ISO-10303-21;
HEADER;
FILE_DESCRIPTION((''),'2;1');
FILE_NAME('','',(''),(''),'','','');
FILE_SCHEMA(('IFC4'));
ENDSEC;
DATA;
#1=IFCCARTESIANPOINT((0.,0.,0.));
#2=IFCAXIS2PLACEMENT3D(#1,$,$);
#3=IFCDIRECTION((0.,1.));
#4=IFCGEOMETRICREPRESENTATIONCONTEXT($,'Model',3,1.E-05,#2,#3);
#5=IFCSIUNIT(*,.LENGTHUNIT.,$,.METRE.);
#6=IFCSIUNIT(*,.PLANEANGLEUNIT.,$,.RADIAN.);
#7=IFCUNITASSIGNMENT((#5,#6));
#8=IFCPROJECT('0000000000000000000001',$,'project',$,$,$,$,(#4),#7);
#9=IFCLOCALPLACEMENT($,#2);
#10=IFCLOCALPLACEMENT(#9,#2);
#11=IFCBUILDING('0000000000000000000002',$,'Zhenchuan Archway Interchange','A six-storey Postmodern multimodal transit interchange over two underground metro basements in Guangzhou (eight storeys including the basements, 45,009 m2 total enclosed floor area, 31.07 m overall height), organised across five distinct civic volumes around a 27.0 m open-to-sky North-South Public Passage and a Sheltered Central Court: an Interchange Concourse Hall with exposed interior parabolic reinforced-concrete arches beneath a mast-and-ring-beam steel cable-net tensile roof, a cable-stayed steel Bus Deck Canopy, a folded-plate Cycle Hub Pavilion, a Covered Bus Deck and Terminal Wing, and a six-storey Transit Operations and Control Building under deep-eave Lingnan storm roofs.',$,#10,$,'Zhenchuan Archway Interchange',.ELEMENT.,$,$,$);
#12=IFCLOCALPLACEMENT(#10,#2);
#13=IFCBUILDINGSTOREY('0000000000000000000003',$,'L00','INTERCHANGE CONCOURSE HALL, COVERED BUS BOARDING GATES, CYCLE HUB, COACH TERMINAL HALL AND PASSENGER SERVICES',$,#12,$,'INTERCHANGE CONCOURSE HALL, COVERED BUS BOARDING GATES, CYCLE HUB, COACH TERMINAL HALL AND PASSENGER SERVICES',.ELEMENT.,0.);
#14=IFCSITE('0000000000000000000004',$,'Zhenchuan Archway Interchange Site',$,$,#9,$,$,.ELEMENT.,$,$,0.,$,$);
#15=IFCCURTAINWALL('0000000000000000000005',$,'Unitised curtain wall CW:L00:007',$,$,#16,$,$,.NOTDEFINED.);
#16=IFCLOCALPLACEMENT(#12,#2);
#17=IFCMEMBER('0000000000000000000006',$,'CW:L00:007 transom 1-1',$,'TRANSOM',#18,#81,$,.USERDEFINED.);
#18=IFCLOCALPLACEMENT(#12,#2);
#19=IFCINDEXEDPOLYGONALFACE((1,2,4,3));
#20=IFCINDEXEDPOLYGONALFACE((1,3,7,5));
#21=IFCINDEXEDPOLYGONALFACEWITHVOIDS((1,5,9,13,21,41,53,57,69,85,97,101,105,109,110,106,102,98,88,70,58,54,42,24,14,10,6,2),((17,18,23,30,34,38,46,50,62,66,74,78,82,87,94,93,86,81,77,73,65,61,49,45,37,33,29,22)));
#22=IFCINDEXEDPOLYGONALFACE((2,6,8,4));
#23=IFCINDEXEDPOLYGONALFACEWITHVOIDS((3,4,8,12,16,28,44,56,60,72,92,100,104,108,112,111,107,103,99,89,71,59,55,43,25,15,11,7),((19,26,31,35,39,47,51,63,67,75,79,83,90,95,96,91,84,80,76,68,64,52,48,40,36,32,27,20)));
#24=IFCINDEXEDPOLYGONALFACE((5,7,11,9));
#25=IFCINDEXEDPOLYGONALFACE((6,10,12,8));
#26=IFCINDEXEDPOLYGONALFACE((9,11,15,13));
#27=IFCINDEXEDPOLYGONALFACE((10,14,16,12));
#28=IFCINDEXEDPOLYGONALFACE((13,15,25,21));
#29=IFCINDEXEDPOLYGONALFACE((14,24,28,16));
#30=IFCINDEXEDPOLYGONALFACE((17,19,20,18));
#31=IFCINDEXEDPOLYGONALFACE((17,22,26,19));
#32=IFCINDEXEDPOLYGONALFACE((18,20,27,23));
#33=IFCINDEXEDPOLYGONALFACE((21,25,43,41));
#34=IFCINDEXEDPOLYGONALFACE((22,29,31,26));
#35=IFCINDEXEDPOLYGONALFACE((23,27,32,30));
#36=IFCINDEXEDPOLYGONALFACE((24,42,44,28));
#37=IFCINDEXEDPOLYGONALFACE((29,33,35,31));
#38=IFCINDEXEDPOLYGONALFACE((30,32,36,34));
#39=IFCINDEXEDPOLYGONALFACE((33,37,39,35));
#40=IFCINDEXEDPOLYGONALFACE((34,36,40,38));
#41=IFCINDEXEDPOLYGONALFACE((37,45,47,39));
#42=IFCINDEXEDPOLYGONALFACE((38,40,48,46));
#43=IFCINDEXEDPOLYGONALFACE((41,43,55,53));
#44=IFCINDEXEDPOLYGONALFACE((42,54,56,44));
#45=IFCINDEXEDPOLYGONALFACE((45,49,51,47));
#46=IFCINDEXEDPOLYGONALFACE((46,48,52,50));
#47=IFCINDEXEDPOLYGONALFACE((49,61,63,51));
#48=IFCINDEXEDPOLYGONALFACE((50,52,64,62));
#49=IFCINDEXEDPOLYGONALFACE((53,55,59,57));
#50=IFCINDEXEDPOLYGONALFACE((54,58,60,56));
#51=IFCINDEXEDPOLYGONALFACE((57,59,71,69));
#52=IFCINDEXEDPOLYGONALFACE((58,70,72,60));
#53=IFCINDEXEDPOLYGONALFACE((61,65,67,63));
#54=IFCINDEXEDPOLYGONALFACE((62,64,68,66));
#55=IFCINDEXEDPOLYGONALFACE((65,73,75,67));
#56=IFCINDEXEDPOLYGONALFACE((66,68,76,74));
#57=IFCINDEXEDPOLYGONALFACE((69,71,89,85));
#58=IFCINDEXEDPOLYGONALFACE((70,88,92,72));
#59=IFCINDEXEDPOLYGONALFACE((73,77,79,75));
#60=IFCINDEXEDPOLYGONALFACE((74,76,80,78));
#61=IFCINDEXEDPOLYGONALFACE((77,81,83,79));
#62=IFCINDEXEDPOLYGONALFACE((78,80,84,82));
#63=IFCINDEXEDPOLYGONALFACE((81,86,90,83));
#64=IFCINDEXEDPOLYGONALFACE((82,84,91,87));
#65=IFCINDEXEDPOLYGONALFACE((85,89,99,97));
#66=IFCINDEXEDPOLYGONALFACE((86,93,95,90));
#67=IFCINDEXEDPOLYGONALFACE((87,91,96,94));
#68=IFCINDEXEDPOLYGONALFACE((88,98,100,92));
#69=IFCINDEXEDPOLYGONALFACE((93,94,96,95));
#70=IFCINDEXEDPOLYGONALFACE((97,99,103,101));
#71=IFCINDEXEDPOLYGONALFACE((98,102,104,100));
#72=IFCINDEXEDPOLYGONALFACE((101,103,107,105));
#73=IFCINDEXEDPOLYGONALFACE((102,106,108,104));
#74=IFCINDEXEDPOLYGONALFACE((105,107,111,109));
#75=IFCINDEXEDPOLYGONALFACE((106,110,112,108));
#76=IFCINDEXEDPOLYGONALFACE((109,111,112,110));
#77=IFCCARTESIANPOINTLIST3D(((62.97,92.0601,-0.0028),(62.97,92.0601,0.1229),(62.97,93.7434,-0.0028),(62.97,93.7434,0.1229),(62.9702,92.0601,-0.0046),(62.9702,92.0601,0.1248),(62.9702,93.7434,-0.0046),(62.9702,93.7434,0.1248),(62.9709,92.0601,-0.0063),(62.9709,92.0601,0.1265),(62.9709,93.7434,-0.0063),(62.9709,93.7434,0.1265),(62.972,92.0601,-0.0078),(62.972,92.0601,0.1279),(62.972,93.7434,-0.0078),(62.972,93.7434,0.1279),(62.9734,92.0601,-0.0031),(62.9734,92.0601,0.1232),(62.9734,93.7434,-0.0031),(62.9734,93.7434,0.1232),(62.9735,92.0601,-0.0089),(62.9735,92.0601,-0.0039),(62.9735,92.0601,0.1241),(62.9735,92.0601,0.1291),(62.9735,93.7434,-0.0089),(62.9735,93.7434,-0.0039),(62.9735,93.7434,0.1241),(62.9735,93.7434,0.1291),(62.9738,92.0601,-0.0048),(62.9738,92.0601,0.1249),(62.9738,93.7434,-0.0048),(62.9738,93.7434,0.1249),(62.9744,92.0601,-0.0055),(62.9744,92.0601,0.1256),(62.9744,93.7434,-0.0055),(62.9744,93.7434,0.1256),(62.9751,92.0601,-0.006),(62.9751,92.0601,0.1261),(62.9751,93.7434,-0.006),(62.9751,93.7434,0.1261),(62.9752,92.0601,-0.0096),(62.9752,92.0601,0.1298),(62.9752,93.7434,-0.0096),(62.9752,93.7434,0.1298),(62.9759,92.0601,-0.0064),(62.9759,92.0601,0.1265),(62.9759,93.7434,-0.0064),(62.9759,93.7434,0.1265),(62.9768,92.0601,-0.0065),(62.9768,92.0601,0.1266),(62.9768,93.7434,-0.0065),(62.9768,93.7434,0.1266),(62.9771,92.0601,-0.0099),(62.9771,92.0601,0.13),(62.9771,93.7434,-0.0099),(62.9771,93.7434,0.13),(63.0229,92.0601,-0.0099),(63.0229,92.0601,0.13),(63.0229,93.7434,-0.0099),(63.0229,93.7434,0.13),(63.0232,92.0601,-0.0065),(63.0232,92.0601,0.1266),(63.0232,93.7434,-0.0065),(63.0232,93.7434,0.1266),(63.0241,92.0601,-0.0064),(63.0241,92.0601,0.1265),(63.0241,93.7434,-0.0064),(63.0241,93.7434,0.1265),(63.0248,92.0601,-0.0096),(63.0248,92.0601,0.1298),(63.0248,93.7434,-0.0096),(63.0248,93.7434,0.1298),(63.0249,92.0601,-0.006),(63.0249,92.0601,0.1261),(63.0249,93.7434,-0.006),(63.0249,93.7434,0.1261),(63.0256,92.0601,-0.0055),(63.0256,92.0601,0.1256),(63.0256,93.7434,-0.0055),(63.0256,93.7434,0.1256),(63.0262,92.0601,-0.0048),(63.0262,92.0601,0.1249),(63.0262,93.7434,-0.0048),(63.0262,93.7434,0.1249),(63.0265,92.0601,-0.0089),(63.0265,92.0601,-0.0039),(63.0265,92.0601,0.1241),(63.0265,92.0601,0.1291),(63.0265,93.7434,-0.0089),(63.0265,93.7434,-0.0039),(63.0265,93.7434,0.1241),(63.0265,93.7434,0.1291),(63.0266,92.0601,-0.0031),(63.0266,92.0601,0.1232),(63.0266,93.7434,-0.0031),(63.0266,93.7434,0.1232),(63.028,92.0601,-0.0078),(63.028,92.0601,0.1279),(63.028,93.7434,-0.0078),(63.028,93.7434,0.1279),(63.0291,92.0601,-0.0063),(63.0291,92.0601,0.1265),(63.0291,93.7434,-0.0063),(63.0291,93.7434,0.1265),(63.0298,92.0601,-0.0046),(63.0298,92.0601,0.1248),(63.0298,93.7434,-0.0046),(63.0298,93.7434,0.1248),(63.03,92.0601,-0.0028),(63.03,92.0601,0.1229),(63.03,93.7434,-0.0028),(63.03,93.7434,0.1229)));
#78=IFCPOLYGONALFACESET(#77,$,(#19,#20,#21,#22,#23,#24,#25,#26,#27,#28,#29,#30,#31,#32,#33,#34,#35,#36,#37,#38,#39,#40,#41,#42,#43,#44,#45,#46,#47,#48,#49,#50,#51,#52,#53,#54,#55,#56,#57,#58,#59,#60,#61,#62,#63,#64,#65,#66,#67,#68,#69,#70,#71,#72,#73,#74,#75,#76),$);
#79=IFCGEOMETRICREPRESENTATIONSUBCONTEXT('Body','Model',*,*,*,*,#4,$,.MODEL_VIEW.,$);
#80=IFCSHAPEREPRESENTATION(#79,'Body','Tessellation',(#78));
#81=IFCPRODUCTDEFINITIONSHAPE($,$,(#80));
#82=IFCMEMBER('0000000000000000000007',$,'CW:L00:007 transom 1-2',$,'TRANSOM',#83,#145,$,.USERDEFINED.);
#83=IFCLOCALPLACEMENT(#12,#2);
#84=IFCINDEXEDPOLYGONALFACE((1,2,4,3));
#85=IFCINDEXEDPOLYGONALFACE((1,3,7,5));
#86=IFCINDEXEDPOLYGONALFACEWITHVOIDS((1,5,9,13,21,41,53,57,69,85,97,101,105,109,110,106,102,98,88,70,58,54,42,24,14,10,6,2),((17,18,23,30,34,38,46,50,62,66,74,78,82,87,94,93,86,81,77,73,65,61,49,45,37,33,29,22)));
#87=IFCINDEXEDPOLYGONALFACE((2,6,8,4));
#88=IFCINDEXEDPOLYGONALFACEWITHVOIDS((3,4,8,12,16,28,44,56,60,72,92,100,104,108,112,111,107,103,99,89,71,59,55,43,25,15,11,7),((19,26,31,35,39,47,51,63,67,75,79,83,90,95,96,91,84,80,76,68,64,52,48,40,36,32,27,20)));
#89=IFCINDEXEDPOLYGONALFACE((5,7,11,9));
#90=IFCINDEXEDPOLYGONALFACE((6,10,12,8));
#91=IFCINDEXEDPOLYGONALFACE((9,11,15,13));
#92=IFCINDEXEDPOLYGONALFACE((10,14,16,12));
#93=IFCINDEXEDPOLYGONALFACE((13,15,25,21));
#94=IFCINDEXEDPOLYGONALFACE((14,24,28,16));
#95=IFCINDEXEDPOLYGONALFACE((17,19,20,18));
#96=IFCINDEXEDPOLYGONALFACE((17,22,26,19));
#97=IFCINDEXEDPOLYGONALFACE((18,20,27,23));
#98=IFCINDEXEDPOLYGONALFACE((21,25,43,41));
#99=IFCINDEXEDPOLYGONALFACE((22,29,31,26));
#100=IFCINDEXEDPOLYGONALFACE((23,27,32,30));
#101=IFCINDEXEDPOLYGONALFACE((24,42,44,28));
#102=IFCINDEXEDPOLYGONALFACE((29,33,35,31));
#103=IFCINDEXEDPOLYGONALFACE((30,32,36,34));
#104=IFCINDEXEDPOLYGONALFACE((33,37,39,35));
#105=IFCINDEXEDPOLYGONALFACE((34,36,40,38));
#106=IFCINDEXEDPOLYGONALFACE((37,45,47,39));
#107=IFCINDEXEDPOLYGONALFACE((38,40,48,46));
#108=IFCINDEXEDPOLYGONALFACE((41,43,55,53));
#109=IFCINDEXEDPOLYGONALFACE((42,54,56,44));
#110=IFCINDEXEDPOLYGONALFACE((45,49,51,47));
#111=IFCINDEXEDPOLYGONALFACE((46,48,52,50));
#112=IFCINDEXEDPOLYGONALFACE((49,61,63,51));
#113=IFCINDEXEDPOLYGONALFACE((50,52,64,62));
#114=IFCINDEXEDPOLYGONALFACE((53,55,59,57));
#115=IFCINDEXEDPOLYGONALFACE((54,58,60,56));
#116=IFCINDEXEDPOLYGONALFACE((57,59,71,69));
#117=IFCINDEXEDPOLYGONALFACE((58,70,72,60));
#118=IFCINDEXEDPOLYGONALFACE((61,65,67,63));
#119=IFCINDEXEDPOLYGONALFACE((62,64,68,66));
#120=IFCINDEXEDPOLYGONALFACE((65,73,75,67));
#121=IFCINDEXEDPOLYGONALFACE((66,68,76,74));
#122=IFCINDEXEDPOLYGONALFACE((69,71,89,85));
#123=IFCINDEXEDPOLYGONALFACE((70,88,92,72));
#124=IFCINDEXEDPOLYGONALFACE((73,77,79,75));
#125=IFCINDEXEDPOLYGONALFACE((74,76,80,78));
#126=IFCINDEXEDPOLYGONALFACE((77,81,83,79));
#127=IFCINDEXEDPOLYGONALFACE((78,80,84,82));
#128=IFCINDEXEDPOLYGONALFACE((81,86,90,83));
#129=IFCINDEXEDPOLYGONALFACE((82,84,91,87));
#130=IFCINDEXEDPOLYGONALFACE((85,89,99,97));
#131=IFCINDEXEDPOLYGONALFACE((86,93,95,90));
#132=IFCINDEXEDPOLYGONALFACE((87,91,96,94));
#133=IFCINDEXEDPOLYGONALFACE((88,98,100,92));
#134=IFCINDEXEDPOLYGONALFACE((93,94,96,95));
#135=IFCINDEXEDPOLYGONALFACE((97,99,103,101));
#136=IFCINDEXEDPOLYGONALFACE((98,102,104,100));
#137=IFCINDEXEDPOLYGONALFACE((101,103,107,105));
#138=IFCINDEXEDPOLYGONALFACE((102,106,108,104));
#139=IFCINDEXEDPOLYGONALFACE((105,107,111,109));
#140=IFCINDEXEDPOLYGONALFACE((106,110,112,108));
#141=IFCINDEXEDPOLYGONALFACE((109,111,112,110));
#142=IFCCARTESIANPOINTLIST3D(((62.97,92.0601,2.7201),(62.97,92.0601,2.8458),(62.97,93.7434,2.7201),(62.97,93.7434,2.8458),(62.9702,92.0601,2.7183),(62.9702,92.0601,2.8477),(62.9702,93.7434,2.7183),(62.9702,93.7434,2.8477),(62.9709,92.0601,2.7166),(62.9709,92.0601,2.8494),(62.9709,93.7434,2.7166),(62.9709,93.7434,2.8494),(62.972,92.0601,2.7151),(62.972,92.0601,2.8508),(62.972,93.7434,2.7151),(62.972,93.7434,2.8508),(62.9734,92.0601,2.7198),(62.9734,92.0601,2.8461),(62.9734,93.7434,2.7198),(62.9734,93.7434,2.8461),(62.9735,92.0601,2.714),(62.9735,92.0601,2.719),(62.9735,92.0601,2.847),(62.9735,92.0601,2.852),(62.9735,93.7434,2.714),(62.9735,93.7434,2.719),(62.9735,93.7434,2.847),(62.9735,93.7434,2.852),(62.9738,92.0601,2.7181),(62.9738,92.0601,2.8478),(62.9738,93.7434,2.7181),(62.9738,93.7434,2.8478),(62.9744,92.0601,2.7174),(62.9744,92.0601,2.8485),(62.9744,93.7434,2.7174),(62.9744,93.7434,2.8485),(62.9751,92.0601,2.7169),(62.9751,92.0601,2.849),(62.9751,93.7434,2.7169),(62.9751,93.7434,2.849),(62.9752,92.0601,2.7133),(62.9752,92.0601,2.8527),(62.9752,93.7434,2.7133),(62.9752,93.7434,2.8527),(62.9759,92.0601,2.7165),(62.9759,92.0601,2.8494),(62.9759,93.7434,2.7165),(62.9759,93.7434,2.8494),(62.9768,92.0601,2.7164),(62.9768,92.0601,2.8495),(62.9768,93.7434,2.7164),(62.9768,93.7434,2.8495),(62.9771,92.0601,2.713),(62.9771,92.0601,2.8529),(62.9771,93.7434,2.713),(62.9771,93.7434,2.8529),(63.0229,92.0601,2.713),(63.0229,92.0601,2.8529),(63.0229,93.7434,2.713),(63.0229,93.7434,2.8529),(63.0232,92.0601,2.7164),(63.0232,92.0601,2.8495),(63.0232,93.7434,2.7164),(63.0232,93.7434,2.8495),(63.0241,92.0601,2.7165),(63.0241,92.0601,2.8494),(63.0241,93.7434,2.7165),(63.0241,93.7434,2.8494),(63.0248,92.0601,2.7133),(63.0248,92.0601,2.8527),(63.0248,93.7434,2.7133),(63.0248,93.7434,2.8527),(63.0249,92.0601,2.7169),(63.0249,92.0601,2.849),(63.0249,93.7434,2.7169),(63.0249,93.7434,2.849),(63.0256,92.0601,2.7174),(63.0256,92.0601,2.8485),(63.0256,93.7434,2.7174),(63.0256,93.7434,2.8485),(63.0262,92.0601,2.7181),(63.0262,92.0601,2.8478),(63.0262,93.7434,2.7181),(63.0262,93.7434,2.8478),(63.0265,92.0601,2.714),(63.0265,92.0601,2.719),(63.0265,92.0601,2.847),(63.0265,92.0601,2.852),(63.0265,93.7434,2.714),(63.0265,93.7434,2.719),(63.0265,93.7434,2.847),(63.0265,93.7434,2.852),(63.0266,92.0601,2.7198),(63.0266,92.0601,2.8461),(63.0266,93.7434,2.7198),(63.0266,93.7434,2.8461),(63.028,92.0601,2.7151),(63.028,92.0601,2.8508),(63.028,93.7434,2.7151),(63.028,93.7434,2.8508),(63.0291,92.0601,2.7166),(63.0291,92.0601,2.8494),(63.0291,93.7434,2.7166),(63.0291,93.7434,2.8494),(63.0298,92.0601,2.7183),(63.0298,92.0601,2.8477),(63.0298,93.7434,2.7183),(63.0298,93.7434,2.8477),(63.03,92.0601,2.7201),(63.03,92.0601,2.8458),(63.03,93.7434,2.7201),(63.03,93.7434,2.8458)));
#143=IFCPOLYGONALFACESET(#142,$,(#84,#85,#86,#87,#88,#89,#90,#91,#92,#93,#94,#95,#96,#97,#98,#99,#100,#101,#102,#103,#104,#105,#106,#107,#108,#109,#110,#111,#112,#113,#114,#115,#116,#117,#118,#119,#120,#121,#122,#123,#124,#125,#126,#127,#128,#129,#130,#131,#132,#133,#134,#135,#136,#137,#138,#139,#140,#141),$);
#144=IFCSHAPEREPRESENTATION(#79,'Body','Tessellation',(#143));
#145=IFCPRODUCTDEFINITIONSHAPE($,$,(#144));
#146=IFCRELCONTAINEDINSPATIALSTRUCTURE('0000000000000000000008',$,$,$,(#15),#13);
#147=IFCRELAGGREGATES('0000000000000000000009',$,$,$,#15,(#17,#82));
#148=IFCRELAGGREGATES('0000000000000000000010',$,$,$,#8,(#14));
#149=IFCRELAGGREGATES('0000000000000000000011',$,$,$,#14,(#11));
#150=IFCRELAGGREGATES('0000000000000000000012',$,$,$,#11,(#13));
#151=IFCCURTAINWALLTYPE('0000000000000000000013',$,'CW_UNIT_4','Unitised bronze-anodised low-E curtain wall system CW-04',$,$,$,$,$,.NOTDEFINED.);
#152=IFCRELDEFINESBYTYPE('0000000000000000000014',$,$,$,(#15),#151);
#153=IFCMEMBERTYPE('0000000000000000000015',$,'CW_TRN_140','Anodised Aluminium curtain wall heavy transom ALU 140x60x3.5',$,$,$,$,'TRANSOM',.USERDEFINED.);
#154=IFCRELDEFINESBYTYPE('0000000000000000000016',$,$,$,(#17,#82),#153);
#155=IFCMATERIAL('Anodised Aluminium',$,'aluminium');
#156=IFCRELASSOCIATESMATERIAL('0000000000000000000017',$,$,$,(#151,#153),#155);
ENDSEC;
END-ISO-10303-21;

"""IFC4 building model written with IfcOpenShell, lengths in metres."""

from ifc_helpers import new_model, si_unit, direction, frame, origin, origin_2d, place, context, subcontext, project, spatial, hollow_rectangle, extrude, material, material_profile, profile_set, type_object, element, aggregate, save


model = new_model("IFC4")

# Units and contexts
model_context = context("Model", 3, precision=1e-05, world=origin(), true_north=direction((0.0, 1.0)))
body_context = subcontext(model_context, "Body", "Model", "MODEL_VIEW")
ifc_project = project(units=[si_unit("LENGTHUNIT", "METRE"), si_unit("PLANEANGLEUNIT", "RADIAN")], contexts=[model_context])

# Site, building, storey
site_placement = place(None, origin())
site = spatial("IfcSite", under=ifc_project, at=site_placement, Name="Zhenchuan Archway Interchange Site", CompositionType="ELEMENT", RefElevation=0.0)
building_placement = place(site_placement, origin())
building = spatial("IfcBuilding", under=site, at=building_placement, Name="Zhenchuan Archway Interchange", Description="A six-storey Postmodern multimodal transit interchange over two underground metro basements in Guangzhou (eight storeys including the basements, 45,009 m2 total enclosed floor area, 31.07 m overall height), organised across five distinct civic volumes around a 27.0 m open-to-sky North-South Public Passage and a Sheltered Central Court: an Interchange Concourse Hall with exposed interior parabolic reinforced-concrete arches beneath a mast-and-ring-beam steel cable-net tensile roof, a cable-stayed steel Bus Deck Canopy, a folded-plate Cycle Hub Pavilion, a Covered Bus Deck and Terminal Wing, and a six-storey Transit Operations and Control Building under deep-eave Lingnan storm roofs.", LongName="Zhenchuan Archway Interchange", CompositionType="ELEMENT")
storey_placement = place(building_placement, origin())
storey = spatial("IfcBuildingStorey", under=building, at=storey_placement, Name="L00", Description="INTERCHANGE CONCOURSE HALL, COVERED BUS BOARDING GATES, CYCLE HUB, COACH TERMINAL HALL AND PASSENGER SERVICES", LongName="INTERCHANGE CONCOURSE HALL, COVERED BUS BOARDING GATES, CYCLE HUB, COACH TERMINAL HALL AND PASSENGER SERVICES", CompositionType="ELEMENT", Elevation=0.0)

# Shared definitions
ifc_material_1 = material(Name="Anodised Aluminium", Category="aluminium")

# Curtain wall
curtain_wall_type_1 = type_object("IfcCurtainWallType", Name="CW_UNIT_4", Description="Unitised bronze-anodised low-E curtain wall system CW-04", PredefinedType="NOTDEFINED", material=ifc_material_1)
curtain_wall_1_placement = place(storey_placement, origin())
curtain_wall_1 = element("IfcCurtainWall", 1, at=curtain_wall_1_placement, inside=storey, type_object=curtain_wall_type_1, Name="Unitised curtain wall CW:L00:007", PredefinedType="NOTDEFINED")

# Members
ifc_material_profile_1 = material_profile(ifc_material_1, hollow_rectangle(XDim=0.0601, YDim=0.1399, WallThickness=0.0034, InnerFilletRadius=0.0034, OuterFilletRadius=0.0071, at=origin_2d()), Name="ALU 140x60x3.5")
ifc_profile_set_1 = profile_set([ifc_material_profile_1], Name="Anodised Aluminium")
member_type_1 = type_object("IfcMemberType", Name="CW_TRN_140", Description="Anodised Aluminium curtain wall heavy transom ALU 140x60x3.5", ElementType="TRANSOM", PredefinedType="USERDEFINED", material=ifc_profile_set_1)
member_1_placement = place(storey_placement, frame((63.0, 93.7434, 0.0601), z_axis=(0.0, -1.0, 0.0), x_axis=(1.0, 0.0, 0.0)))
member_1 = element("IfcMember", 2, at=member_1_placement, type_object=member_type_1, Name="CW:L00:007 transom 1-1", ObjectType="TRANSOM", PredefinedType="USERDEFINED", context=body_context, shape_type="SweptSolid", body=[
    extrude(hollow_rectangle(XDim=0.0601, YDim=0.1399, WallThickness=0.0034, InnerFilletRadius=0.0034, OuterFilletRadius=0.0071, at=origin_2d()), origin(), (0.0, 0.0, 1.0), 1.6833),
])
member_2_placement = place(storey_placement, frame((63.0, 93.7434, 2.783), z_axis=(0.0, -1.0, 0.0), x_axis=(1.0, 0.0, 0.0)))
member_2 = element("IfcMember", 3, at=member_2_placement, type_object=member_type_1, Name="CW:L00:007 transom 1-2", ObjectType="TRANSOM", PredefinedType="USERDEFINED", context=body_context, shape_type="SweptSolid", body=[
    extrude(hollow_rectangle(XDim=0.0601, YDim=0.1399, WallThickness=0.0034, InnerFilletRadius=0.0034, OuterFilletRadius=0.0071, at=origin_2d()), origin(), (0.0, 0.0, 1.0), 1.6833),
])

aggregate(curtain_wall_1, [member_1, member_2])

save(model, "model.ifc")
